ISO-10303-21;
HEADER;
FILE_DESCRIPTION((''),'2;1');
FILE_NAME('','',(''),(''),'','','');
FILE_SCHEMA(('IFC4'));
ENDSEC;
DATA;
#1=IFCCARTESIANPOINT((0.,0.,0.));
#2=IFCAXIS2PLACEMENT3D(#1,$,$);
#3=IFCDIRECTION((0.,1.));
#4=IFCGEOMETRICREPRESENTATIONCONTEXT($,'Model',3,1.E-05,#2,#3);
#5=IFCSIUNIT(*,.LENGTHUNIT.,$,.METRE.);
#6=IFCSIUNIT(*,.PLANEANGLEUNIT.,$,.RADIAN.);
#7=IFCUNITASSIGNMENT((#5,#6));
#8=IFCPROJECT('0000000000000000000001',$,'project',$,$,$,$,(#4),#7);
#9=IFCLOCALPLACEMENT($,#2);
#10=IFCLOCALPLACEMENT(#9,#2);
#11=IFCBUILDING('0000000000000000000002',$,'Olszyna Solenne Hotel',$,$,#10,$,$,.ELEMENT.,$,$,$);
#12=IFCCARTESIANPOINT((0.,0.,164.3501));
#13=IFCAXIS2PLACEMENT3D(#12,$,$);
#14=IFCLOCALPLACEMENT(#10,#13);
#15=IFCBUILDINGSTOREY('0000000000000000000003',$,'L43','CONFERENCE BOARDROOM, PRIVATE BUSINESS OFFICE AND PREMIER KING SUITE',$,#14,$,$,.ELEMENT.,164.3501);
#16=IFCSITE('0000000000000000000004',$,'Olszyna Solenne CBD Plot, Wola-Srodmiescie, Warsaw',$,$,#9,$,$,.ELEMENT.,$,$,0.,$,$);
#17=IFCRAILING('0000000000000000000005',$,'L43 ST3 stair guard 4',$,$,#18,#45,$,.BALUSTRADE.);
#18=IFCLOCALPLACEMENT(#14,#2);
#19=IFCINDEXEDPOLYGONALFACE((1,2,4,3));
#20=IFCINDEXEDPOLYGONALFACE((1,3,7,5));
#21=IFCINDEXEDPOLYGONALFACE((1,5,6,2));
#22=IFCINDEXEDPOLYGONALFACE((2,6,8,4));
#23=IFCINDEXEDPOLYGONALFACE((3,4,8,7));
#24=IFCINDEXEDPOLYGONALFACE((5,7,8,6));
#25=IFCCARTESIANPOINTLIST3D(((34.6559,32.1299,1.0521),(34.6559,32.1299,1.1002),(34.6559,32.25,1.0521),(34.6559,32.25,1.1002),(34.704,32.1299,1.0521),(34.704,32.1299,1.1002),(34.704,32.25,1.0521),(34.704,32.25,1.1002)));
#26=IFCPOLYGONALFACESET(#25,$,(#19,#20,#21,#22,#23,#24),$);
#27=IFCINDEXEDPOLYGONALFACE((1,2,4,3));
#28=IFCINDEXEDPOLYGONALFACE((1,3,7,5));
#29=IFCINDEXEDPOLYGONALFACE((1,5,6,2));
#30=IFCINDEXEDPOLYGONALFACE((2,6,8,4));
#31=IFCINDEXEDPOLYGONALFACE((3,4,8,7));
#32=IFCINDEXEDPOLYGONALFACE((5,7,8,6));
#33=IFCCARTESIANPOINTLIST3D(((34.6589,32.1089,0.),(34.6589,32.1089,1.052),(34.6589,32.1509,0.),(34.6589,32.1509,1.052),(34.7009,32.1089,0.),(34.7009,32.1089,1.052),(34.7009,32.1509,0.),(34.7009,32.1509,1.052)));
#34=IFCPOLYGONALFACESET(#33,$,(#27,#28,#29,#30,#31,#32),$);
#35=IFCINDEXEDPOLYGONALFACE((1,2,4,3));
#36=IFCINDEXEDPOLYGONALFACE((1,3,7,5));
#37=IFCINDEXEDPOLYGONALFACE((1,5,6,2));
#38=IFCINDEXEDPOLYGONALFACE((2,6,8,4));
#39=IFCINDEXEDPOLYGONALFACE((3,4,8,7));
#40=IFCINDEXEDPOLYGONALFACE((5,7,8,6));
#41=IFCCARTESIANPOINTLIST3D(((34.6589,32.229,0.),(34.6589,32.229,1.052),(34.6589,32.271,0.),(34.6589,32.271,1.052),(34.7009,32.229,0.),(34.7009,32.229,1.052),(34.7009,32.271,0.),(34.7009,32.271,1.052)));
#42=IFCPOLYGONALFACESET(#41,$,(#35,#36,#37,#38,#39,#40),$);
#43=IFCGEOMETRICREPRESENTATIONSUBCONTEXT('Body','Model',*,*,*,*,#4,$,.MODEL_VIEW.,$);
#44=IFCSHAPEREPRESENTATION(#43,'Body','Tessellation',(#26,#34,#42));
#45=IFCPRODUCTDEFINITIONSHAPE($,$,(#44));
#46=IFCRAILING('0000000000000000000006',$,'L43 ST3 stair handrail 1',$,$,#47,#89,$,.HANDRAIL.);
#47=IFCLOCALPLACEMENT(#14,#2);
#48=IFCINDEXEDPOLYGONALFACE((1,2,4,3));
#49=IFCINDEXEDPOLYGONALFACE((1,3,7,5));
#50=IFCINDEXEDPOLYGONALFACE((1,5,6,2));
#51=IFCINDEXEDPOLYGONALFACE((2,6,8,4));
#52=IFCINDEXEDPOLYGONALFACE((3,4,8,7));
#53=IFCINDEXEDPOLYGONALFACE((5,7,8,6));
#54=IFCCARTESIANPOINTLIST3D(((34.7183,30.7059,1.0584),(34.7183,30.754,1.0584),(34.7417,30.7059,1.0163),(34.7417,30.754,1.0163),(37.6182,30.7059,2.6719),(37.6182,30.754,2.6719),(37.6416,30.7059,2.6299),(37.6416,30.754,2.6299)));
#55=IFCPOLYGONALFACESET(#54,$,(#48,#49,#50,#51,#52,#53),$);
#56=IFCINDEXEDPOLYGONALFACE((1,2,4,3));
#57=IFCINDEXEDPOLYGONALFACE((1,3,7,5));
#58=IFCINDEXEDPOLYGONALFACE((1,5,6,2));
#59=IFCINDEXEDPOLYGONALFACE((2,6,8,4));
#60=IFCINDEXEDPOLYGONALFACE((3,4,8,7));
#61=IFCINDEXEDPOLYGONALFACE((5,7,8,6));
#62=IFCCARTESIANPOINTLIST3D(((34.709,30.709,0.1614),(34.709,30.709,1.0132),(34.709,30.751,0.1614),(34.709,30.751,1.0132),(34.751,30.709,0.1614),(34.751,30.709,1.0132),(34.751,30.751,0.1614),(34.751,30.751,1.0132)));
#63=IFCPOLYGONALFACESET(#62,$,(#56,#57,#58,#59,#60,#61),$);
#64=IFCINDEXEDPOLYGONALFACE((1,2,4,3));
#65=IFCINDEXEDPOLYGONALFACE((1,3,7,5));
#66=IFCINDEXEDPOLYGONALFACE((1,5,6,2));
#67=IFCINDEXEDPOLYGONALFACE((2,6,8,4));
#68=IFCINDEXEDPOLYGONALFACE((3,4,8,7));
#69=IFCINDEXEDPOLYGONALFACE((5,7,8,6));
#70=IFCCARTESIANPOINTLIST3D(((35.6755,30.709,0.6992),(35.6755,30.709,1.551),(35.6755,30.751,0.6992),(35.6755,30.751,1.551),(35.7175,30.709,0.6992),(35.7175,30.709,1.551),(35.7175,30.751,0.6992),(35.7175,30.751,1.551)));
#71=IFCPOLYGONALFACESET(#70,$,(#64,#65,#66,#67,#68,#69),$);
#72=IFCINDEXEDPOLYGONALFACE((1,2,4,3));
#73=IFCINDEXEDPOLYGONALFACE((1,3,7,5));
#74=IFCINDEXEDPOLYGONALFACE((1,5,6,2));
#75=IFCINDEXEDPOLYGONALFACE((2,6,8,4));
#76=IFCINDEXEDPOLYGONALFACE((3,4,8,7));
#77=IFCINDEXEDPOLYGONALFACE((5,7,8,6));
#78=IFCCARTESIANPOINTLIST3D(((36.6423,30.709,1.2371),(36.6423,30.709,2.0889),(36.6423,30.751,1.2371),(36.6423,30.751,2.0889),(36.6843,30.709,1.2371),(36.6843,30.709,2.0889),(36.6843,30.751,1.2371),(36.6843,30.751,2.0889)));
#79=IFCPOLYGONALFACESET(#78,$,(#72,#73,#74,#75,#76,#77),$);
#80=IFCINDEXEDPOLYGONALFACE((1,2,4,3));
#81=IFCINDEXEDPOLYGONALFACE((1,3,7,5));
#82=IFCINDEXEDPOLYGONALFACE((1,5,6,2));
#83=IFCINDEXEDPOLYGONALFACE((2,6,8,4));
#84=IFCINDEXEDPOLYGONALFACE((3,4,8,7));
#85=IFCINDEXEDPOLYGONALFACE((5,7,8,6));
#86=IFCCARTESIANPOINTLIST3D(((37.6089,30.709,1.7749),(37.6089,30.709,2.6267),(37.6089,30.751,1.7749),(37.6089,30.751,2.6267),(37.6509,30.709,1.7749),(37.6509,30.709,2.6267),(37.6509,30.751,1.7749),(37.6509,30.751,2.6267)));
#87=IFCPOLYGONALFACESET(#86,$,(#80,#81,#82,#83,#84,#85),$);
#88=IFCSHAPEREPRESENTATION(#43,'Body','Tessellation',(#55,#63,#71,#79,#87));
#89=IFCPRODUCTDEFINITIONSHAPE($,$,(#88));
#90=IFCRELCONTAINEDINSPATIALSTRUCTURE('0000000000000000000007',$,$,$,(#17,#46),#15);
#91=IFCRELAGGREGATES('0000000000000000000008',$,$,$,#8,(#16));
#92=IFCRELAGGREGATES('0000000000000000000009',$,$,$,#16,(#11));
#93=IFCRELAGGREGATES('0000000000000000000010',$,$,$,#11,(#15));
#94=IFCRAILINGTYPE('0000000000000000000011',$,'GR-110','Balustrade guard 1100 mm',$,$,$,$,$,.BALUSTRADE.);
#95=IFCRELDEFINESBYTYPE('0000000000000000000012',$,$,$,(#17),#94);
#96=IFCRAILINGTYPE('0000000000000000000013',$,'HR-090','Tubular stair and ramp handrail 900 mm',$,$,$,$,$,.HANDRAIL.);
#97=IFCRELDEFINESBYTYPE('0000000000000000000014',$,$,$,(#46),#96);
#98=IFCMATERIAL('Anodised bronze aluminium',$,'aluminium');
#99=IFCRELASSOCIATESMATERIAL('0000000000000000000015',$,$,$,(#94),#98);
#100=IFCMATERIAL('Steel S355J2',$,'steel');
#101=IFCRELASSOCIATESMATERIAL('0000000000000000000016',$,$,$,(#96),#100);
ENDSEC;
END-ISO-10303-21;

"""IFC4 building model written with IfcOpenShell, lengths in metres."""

from ifc_helpers import new_model, si_unit, direction, frame, origin, origin_2d, place, context, subcontext, project, spatial, rectangle, extrude, material, type_object, element, save


model = new_model("IFC4")

# Units and contexts
model_context = context("Model", 3, precision=1e-05, world=origin(), true_north=direction((0.0, 1.0)))
body_context = subcontext(model_context, "Body", "Model", "MODEL_VIEW")
ifc_project = project(units=[si_unit("LENGTHUNIT", "METRE"), si_unit("PLANEANGLEUNIT", "RADIAN")], contexts=[model_context])

# Site, building, storey
site_placement = place(None, origin())
site = spatial("IfcSite", under=ifc_project, at=site_placement, Name="Olszyna Solenne CBD Plot, Wola-Srodmiescie, Warsaw", CompositionType="ELEMENT", RefElevation=0.0)
building_placement = place(site_placement, origin())
building = spatial("IfcBuilding", under=site, at=building_placement, Name="Olszyna Solenne Hotel", CompositionType="ELEMENT")
storey_placement = place(building_placement, frame((0.0, 0.0, 164.3501)))
storey = spatial("IfcBuildingStorey", under=building, at=storey_placement, Name="L43", Description="CONFERENCE BOARDROOM, PRIVATE BUSINESS OFFICE AND PREMIER KING SUITE", CompositionType="ELEMENT", Elevation=164.3501)

# Shared definitions
ifc_material_1 = material(Name="Steel S355J2", Category="steel")

# Railings
ifc_material_2 = material(Name="Anodised bronze aluminium", Category="aluminium")
railing_type_1 = type_object("IfcRailingType", Name="GR-110", Description="Balustrade guard 1100 mm", PredefinedType="BALUSTRADE", material=ifc_material_2)
railing_1_placement = place(storey_placement, frame((34.6799, 32.1299, 0.0)))
element("IfcRailing", 1, at=railing_1_placement, inside=storey, type_object=railing_type_1, Name="L43 ST3 stair guard 4", PredefinedType="BALUSTRADE", context=body_context, shape_type="SweptSolid", body=[
    extrude(rectangle(XDim=0.0481, YDim=0.0481, at=origin_2d()), frame((0.0, 0.0, 1.0762), z_axis=(0.0, 1.0, 0.0), x_axis=(-1.0, 0.0, 0.0)), (0.0, 0.0, 1.0), 0.1201),
    extrude(rectangle(XDim=0.042, YDim=0.042, at=origin_2d()), origin(), (0.0, 0.0, 1.0), 1.052),
    extrude(rectangle(XDim=0.042, YDim=0.042, at=origin_2d()), frame((0.0, 0.1201, 0.0)), (0.0, 0.0, 1.0), 1.052),
])
railing_type_2 = type_object("IfcRailingType", Name="HR-090", Description="Tubular stair and ramp handrail 900 mm", PredefinedType="HANDRAIL", material=ifc_material_1)
railing_2_placement = place(storey_placement, frame((34.73, 30.73, 0.1614)))
element("IfcRailing", 2, at=railing_2_placement, inside=storey, type_object=railing_type_2, Name="L43 ST3 stair handrail 1", PredefinedType="HANDRAIL", context=body_context, shape_type="SweptSolid", body=[
    extrude(rectangle(XDim=0.0481, YDim=0.0481, at=origin_2d()), frame((0.0, 0.0, 0.876), z_axis=(0.873841, 0.0, 0.486211), x_axis=(0.0, 1.0, 0.0)), (0.0, 0.0, 1.0), 3.3186),
    extrude(rectangle(XDim=0.042, YDim=0.042, at=origin_2d()), origin(), (0.0, 0.0, 1.0), 0.8518),
    extrude(rectangle(XDim=0.042, YDim=0.042, at=origin_2d()), frame((0.9666, 0.0, 0.5378)), (0.0, 0.0, 1.0), 0.8518),
    extrude(rectangle(XDim=0.042, YDim=0.042, at=origin_2d()), frame((1.9333, 0.0, 1.0757)), (0.0, 0.0, 1.0), 0.8518),
    extrude(rectangle(XDim=0.042, YDim=0.042, at=origin_2d()), frame((2.8999, 0.0, 1.6135)), (0.0, 0.0, 1.0), 0.8518),
])

save(model, "model.ifc")
